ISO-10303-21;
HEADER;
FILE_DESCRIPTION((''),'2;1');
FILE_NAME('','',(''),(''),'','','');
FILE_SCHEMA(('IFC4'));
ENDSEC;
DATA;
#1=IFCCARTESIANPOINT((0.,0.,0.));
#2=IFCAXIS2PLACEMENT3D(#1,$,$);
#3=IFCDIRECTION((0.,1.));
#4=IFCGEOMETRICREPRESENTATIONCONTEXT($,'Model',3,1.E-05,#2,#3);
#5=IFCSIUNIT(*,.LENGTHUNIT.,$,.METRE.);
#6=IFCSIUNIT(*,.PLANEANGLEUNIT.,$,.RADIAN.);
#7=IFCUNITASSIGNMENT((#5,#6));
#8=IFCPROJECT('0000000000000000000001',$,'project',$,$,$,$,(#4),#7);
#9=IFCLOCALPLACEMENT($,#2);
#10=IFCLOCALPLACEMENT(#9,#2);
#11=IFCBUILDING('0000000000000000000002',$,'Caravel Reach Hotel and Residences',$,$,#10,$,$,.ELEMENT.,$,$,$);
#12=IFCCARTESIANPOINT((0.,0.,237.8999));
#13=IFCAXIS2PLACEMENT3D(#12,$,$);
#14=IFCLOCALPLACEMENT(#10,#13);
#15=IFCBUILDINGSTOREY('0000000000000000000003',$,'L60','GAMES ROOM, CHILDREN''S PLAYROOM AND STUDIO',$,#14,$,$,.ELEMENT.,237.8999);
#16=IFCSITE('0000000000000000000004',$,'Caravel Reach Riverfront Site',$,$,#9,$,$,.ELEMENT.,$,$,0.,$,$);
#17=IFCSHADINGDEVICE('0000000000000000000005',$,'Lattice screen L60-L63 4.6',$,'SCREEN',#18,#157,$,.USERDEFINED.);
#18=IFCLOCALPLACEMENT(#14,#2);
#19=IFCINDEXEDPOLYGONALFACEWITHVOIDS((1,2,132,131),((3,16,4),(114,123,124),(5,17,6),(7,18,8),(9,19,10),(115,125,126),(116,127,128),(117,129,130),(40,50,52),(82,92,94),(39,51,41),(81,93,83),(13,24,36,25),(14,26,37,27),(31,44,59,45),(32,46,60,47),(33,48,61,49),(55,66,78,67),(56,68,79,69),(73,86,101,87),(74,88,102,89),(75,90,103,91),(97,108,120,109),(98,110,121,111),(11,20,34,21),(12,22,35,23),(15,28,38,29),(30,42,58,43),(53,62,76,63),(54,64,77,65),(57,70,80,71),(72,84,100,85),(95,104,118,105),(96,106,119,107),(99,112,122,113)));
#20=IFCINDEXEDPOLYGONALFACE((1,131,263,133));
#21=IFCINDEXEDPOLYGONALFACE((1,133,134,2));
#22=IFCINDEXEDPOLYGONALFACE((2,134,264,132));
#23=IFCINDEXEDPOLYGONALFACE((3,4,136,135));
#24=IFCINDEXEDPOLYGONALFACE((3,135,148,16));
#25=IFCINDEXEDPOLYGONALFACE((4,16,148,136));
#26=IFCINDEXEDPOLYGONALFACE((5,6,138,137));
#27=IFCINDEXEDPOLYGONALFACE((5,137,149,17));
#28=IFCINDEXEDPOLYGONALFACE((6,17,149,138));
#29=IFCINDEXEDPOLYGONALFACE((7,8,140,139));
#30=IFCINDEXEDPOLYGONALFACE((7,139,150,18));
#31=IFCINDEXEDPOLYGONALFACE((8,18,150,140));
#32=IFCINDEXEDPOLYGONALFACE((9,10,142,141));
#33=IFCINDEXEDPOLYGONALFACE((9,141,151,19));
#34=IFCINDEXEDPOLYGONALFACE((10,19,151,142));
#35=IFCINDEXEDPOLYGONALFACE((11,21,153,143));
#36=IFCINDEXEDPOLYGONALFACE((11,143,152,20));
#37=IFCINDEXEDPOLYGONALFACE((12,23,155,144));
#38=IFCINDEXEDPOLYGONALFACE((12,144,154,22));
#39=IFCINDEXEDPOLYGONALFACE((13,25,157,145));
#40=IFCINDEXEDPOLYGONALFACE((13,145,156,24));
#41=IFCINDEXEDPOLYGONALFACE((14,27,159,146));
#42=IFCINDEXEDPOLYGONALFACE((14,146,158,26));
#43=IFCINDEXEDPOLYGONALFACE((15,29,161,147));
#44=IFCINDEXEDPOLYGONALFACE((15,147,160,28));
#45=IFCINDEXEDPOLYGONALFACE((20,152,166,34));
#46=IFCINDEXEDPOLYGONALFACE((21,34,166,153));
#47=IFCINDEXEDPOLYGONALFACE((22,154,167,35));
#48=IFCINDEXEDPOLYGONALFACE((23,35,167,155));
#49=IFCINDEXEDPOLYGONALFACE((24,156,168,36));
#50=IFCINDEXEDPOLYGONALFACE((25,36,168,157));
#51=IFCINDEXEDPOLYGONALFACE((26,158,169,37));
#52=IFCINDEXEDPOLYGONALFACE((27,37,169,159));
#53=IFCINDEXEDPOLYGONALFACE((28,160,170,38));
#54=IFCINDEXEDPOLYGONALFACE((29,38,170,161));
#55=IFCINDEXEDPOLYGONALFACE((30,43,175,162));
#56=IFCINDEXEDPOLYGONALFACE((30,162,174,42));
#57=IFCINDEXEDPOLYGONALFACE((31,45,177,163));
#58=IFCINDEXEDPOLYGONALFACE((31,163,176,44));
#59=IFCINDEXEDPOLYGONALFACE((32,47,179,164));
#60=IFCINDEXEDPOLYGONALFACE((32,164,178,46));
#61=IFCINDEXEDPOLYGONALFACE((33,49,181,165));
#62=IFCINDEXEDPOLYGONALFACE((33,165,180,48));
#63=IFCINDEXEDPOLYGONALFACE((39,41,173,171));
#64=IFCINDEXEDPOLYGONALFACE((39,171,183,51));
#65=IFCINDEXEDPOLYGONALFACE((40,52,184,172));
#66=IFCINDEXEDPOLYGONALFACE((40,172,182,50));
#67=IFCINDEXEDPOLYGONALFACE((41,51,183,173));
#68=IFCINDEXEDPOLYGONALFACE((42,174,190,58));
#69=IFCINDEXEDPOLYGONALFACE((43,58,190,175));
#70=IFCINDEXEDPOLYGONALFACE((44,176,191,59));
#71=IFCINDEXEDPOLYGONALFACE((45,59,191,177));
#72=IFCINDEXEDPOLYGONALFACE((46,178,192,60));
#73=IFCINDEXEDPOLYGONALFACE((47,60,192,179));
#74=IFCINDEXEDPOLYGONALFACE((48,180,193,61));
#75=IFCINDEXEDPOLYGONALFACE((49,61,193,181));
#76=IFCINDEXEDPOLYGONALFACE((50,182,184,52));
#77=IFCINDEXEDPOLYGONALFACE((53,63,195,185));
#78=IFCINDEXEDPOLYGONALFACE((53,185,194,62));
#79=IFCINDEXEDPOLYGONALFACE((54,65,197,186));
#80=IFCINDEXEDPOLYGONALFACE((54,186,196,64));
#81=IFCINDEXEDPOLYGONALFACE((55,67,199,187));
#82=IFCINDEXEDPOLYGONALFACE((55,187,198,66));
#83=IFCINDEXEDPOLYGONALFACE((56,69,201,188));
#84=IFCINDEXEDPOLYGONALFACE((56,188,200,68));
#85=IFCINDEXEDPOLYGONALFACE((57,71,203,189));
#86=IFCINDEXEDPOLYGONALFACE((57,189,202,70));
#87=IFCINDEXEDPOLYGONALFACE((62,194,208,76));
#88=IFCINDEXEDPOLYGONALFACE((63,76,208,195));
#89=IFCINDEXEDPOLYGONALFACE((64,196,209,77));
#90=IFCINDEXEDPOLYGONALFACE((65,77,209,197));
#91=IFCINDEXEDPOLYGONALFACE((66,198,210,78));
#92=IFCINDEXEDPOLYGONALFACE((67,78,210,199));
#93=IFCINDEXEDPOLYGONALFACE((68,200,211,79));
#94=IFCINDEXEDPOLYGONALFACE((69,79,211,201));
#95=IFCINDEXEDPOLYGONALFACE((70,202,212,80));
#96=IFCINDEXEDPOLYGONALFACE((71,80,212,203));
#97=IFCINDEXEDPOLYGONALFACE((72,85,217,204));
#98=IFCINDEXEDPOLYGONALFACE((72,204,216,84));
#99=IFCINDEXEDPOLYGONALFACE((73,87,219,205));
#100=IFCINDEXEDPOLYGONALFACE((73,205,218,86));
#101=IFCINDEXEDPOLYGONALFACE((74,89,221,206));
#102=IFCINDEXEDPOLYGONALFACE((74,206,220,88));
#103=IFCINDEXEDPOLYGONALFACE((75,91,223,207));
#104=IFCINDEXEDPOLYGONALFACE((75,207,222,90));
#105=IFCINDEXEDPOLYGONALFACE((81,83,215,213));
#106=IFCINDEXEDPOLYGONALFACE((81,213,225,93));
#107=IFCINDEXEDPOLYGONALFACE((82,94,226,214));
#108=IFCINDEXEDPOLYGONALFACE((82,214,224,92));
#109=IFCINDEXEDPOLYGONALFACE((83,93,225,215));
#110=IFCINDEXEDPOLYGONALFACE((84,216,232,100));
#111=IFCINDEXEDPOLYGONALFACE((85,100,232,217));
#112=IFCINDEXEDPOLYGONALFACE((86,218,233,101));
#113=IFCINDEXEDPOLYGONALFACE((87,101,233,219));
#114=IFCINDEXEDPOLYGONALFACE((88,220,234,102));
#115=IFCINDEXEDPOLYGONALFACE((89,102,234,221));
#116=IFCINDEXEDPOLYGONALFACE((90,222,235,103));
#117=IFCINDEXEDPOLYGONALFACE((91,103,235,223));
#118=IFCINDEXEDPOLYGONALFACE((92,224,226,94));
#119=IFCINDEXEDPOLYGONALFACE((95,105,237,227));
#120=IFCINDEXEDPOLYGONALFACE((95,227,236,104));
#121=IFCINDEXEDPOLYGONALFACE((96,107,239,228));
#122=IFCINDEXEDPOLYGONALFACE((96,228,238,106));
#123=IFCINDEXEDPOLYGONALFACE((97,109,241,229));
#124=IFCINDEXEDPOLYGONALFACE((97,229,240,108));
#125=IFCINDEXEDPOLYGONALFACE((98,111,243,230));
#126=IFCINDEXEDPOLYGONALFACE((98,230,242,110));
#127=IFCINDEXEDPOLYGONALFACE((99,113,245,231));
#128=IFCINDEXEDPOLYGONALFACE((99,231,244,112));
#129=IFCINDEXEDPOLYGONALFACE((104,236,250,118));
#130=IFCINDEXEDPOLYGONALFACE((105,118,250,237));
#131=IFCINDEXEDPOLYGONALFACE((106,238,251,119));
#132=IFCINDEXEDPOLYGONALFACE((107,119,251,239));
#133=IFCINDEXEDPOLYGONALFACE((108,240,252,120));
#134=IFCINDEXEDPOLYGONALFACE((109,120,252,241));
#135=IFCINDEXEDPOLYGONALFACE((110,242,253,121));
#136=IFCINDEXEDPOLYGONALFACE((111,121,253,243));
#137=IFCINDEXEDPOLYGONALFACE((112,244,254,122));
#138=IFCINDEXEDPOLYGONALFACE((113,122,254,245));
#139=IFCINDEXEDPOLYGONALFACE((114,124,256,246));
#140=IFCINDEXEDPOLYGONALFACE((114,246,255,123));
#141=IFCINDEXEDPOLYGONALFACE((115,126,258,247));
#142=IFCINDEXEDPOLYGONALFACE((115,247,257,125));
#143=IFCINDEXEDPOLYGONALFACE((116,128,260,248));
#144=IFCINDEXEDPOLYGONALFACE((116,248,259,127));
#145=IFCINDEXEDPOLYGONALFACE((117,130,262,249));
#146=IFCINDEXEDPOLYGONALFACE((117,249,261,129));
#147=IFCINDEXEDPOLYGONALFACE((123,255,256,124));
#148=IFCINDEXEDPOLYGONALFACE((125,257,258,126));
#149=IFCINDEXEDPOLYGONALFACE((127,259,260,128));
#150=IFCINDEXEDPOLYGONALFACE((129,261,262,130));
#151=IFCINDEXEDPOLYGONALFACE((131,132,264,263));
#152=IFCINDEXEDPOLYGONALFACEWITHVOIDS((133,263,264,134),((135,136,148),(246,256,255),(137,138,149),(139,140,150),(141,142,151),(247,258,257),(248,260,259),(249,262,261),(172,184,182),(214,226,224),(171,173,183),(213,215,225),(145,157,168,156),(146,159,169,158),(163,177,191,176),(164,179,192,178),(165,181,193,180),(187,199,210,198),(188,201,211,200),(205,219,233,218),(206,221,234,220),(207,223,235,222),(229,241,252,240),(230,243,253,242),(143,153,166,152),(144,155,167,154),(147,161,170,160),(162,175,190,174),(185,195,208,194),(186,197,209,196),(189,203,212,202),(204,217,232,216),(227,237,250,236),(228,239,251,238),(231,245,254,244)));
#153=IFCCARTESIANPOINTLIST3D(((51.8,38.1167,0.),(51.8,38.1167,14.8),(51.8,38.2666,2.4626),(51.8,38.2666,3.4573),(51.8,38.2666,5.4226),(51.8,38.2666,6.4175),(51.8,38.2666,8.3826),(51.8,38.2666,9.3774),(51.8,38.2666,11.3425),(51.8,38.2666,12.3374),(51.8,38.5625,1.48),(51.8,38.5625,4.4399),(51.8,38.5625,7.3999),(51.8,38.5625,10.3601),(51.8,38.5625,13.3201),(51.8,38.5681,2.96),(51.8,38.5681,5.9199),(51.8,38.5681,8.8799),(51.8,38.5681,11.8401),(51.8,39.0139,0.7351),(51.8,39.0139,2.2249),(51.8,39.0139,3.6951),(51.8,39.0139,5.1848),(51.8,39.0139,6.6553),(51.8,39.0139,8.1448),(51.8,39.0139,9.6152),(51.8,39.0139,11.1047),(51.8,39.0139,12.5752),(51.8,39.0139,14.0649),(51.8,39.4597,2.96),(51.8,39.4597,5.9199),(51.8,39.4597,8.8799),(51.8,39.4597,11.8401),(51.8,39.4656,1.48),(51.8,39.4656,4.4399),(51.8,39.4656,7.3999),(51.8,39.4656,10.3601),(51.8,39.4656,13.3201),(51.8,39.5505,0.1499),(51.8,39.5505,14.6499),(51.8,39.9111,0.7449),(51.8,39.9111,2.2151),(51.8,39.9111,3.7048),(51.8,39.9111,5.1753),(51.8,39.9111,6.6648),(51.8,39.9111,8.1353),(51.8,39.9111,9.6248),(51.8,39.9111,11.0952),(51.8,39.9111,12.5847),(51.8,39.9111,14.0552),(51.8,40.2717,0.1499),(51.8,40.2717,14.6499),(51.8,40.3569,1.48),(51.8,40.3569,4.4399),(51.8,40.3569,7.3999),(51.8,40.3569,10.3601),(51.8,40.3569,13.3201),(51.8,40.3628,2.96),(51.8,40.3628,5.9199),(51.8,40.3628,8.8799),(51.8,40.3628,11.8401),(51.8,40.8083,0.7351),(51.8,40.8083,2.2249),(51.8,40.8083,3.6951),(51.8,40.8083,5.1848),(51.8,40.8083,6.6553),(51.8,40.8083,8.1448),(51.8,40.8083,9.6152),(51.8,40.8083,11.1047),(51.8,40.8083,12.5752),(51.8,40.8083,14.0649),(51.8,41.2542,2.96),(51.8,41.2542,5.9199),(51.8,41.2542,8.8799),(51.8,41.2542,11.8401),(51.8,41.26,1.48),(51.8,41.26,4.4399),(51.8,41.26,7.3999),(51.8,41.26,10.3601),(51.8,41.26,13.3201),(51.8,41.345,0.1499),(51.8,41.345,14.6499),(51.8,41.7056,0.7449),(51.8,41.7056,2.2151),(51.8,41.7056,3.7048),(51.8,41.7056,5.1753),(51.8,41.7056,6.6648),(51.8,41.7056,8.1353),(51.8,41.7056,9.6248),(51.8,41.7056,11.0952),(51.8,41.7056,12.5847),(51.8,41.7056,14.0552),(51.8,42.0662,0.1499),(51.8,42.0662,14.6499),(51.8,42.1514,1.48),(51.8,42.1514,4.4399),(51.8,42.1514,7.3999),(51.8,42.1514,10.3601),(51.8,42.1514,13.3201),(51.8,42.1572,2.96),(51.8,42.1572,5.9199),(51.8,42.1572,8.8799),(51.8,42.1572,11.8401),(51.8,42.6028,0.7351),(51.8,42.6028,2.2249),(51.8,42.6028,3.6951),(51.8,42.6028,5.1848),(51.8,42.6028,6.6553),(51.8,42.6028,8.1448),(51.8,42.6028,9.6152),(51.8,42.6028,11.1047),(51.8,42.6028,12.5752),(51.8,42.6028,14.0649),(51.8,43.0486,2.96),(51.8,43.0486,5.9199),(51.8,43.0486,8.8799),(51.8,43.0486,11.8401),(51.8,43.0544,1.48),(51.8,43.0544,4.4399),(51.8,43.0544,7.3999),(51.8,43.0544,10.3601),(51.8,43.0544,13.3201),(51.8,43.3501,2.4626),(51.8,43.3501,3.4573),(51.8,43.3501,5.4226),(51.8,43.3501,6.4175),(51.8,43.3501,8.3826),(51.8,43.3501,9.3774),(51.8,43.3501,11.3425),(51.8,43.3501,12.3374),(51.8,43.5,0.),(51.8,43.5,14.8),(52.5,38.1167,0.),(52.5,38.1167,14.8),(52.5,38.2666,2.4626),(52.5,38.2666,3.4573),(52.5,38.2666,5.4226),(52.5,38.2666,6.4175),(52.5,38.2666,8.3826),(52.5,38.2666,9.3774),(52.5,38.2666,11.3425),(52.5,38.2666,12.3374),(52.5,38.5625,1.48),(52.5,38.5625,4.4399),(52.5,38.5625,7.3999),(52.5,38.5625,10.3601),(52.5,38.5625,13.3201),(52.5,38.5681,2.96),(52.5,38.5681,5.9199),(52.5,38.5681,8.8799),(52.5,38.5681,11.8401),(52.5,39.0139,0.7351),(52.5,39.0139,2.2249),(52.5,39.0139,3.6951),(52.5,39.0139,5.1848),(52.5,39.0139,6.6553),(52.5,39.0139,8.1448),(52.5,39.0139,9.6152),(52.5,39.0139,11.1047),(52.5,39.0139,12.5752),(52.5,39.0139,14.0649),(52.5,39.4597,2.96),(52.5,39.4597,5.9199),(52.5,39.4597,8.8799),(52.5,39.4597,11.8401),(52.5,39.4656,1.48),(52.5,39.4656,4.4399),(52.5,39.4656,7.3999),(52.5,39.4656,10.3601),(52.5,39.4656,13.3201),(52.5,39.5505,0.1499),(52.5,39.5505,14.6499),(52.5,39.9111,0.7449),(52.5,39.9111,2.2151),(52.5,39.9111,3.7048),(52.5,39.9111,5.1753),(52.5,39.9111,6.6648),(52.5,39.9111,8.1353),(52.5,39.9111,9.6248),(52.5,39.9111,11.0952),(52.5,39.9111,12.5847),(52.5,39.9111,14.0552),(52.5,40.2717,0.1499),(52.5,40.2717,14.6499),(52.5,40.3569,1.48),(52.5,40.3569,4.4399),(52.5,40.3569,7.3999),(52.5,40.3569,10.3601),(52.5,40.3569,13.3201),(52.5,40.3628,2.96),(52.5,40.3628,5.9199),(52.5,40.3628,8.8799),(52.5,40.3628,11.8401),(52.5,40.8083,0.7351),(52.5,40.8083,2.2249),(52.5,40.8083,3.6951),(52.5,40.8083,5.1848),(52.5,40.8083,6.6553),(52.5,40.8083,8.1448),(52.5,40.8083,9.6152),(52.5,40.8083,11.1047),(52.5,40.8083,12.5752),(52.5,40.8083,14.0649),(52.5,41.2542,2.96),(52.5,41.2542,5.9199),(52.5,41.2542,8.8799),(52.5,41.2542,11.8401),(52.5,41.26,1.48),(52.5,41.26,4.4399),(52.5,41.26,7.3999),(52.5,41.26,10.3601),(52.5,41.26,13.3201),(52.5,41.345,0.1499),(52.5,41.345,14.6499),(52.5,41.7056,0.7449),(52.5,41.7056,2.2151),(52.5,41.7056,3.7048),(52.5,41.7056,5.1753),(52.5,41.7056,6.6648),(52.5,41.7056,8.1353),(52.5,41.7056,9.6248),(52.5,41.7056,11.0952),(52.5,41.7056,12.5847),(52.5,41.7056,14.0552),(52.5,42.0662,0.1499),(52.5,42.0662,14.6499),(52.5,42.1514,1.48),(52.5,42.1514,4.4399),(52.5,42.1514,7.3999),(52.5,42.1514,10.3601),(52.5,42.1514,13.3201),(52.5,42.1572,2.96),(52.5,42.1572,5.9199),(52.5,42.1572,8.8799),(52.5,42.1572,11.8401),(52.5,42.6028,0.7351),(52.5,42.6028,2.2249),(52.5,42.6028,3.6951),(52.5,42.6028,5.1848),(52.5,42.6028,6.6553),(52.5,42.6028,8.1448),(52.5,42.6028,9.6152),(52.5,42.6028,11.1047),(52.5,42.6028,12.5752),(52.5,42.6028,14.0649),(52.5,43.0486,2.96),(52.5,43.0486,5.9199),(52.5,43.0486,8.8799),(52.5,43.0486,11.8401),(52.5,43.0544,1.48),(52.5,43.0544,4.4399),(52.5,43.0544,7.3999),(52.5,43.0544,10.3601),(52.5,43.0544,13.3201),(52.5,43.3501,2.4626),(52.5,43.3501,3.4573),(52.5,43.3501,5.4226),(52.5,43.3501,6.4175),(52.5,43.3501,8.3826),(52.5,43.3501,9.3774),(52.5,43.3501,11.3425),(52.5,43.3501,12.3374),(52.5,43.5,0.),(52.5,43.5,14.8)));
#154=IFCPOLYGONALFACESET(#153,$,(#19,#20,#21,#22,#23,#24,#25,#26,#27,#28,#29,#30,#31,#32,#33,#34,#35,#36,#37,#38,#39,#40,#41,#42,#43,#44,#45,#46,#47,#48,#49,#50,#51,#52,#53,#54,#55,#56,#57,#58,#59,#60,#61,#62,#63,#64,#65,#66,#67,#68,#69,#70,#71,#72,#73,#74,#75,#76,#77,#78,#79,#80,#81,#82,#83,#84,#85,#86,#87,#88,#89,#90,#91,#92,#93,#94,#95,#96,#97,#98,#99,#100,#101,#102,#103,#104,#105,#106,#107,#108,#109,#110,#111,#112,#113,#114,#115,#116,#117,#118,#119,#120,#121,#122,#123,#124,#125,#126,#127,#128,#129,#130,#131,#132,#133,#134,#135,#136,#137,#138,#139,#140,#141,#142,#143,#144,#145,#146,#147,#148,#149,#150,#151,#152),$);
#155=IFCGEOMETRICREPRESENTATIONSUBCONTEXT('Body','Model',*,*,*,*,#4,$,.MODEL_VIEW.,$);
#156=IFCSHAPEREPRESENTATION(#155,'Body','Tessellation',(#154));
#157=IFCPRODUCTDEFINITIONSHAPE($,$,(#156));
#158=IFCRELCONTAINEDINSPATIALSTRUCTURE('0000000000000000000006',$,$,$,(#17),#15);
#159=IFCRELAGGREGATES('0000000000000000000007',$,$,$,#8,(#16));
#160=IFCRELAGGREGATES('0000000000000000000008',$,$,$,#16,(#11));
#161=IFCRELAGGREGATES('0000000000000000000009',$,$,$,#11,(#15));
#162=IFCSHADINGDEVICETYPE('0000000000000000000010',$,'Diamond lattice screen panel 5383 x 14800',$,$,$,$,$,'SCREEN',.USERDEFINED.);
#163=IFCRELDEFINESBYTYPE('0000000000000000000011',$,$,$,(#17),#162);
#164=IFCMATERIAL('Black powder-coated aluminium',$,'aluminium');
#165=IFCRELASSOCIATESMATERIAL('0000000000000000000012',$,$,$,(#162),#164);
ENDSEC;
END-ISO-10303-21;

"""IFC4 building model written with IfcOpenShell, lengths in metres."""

from ifc_helpers import new_model, si_unit, direction, frame, origin, place, context, subcontext, project, spatial, polyline, outline, extrude, material, type_object, element, save


model = new_model("IFC4")

# Units and contexts
model_context = context("Model", 3, precision=1e-05, world=origin(), true_north=direction((0.0, 1.0)))
body_context = subcontext(model_context, "Body", "Model", "MODEL_VIEW")
ifc_project = project(units=[si_unit("LENGTHUNIT", "METRE"), si_unit("PLANEANGLEUNIT", "RADIAN")], contexts=[model_context])

# Site, building, storey
site_placement = place(None, origin())
site = spatial("IfcSite", under=ifc_project, at=site_placement, Name="Caravel Reach Riverfront Site", CompositionType="ELEMENT", RefElevation=0.0)
building_placement = place(site_placement, origin())
building = spatial("IfcBuilding", under=site, at=building_placement, Name="Caravel Reach Hotel and Residences", CompositionType="ELEMENT")
storey_placement = place(building_placement, frame((0.0, 0.0, 237.8999)))
storey = spatial("IfcBuildingStorey", under=building, at=storey_placement, Name="L60", Description="GAMES ROOM, CHILDREN'S PLAYROOM AND STUDIO", CompositionType="ELEMENT", Elevation=237.8999)

# Shading device
ifc_material_1 = material(Name="Black powder-coated aluminium", Category="aluminium")
shading_device_type_1 = type_object("IfcShadingDeviceType", Name="Diamond lattice screen panel 5383 x 14800", ElementType="SCREEN", PredefinedType="USERDEFINED", material=ifc_material_1)
shading_device_1_placement = place(storey_placement, frame((51.8, 38.1167, 0.0), z_axis=(1.0, 0.0, 0.0), x_axis=(0.0, 1.0, 0.0)))
element("IfcShadingDevice", 1, at=shading_device_1_placement, inside=storey, type_object=shading_device_type_1, Name="Lattice screen L60-L63 4.6", ObjectType="SCREEN", PredefinedType="USERDEFINED", context=body_context, shape_type="SweptSolid", body=[
    extrude(outline(polyline([(0.0, 0.0), (5.3833, 0.0), (5.3833, 14.8), (0.0, 14.8), (0.0, 0.0)]), holes=[polyline([(0.4514, 2.96), (0.1499, 3.4573), (0.1499, 2.4626), (0.4514, 2.96)]), polyline([(0.4514, 5.9199), (0.1499, 6.4175), (0.1499, 5.4226), (0.4514, 5.9199)]), polyline([(0.4514, 8.8799), (0.1499, 9.3774), (0.1499, 8.3826), (0.4514, 8.8799)]), polyline([(0.4514, 11.8401), (0.1499, 12.3374), (0.1499, 11.3425), (0.4514, 11.8401)]), polyline([(0.8972, 2.2249), (0.4458, 1.48), (0.8972, 0.7351), (1.3489, 1.48), (0.8972, 2.2249)]), polyline([(0.8972, 5.1848), (0.4458, 4.4399), (0.8972, 3.6951), (1.3489, 4.4399), (0.8972, 5.1848)]), polyline([(0.8972, 8.1448), (0.4458, 7.3999), (0.8972, 6.6553), (1.3489, 7.3999), (0.8972, 8.1448)]), polyline([(0.8972, 11.1047), (0.4458, 10.3601), (0.8972, 9.6152), (1.3489, 10.3601), (0.8972, 11.1047)]), polyline([(0.8972, 14.0649), (0.4458, 13.3201), (0.8972, 12.5752), (1.3489, 13.3201), (0.8972, 14.0649)]), polyline([(1.7944, 0.7449), (1.4338, 0.1499), (2.155, 0.1499), (1.7944, 0.7449)]), polyline([(1.7944, 3.7048), (1.343, 2.96), (1.7944, 2.2151), (2.2461, 2.96), (1.7944, 3.7048)]), polyline([(1.7944, 6.6648), (1.343, 5.9199), (1.7944, 5.1753), (2.2461, 5.9199), (1.7944, 6.6648)]), polyline([(1.7944, 9.6248), (1.343, 8.8799), (1.7944, 8.1353), (2.2461, 8.8799), (1.7944, 9.6248)]), polyline([(1.7944, 12.5847), (1.343, 11.8401), (1.7944, 11.0952), (2.2461, 11.8401), (1.7944, 12.5847)]), polyline([(1.7944, 14.0552), (2.155, 14.6499), (1.4338, 14.6499), (1.7944, 14.0552)]), polyline([(2.6917, 2.2249), (2.2402, 1.48), (2.6917, 0.7351), (3.1433, 1.48), (2.6917, 2.2249)]), polyline([(2.6917, 5.1848), (2.2402, 4.4399), (2.6917, 3.6951), (3.1433, 4.4399), (2.6917, 5.1848)]), polyline([(2.6917, 8.1448), (2.2402, 7.3999), (2.6917, 6.6553), (3.1433, 7.3999), (2.6917, 8.1448)]), polyline([(2.6917, 11.1047), (2.2402, 10.3601), (2.6917, 9.6152), (3.1433, 10.3601), (2.6917, 11.1047)]), polyline([(2.6917, 14.0649), (2.2402, 13.3201), (2.6917, 12.5752), (3.1433, 13.3201), (2.6917, 14.0649)]), polyline([(3.5889, 0.7449), (3.2283, 0.1499), (3.9495, 0.1499), (3.5889, 0.7449)]), polyline([(3.5889, 3.7048), (3.1375, 2.96), (3.5889, 2.2151), (4.0405, 2.96), (3.5889, 3.7048)]), polyline([(3.5889, 6.6648), (3.1375, 5.9199), (3.5889, 5.1753), (4.0405, 5.9199), (3.5889, 6.6648)]), polyline([(3.5889, 9.6248), (3.1375, 8.8799), (3.5889, 8.1353), (4.0405, 8.8799), (3.5889, 9.6248)]), polyline([(3.5889, 12.5847), (3.1375, 11.8401), (3.5889, 11.0952), (4.0405, 11.8401), (3.5889, 12.5847)]), polyline([(3.5889, 14.0552), (3.9495, 14.6499), (3.2283, 14.6499), (3.5889, 14.0552)]), polyline([(4.4861, 2.2249), (4.0347, 1.48), (4.4861, 0.7351), (4.9377, 1.48), (4.4861, 2.2249)]), polyline([(4.4861, 5.1848), (4.0347, 4.4399), (4.4861, 3.6951), (4.9377, 4.4399), (4.4861, 5.1848)]), polyline([(4.4861, 8.1448), (4.0347, 7.3999), (4.4861, 6.6553), (4.9377, 7.3999), (4.4861, 8.1448)]), polyline([(4.4861, 11.1047), (4.0347, 10.3601), (4.4861, 9.6152), (4.9377, 10.3601), (4.4861, 11.1047)]), polyline([(4.4861, 14.0649), (4.0347, 13.3201), (4.4861, 12.5752), (4.9377, 13.3201), (4.4861, 14.0649)]), polyline([(4.9319, 2.96), (5.2334, 2.4626), (5.2334, 3.4573), (4.9319, 2.96)]), polyline([(4.9319, 5.9199), (5.2334, 5.4226), (5.2334, 6.4175), (4.9319, 5.9199)]), polyline([(4.9319, 8.8799), (5.2334, 8.3826), (5.2334, 9.3774), (4.9319, 8.8799)]), polyline([(4.9319, 11.8401), (5.2334, 11.3425), (5.2334, 12.3374), (4.9319, 11.8401)])]), origin(), (0.0, 0.0, 1.0), 0.7),
])

save(model, "model.ifc")
